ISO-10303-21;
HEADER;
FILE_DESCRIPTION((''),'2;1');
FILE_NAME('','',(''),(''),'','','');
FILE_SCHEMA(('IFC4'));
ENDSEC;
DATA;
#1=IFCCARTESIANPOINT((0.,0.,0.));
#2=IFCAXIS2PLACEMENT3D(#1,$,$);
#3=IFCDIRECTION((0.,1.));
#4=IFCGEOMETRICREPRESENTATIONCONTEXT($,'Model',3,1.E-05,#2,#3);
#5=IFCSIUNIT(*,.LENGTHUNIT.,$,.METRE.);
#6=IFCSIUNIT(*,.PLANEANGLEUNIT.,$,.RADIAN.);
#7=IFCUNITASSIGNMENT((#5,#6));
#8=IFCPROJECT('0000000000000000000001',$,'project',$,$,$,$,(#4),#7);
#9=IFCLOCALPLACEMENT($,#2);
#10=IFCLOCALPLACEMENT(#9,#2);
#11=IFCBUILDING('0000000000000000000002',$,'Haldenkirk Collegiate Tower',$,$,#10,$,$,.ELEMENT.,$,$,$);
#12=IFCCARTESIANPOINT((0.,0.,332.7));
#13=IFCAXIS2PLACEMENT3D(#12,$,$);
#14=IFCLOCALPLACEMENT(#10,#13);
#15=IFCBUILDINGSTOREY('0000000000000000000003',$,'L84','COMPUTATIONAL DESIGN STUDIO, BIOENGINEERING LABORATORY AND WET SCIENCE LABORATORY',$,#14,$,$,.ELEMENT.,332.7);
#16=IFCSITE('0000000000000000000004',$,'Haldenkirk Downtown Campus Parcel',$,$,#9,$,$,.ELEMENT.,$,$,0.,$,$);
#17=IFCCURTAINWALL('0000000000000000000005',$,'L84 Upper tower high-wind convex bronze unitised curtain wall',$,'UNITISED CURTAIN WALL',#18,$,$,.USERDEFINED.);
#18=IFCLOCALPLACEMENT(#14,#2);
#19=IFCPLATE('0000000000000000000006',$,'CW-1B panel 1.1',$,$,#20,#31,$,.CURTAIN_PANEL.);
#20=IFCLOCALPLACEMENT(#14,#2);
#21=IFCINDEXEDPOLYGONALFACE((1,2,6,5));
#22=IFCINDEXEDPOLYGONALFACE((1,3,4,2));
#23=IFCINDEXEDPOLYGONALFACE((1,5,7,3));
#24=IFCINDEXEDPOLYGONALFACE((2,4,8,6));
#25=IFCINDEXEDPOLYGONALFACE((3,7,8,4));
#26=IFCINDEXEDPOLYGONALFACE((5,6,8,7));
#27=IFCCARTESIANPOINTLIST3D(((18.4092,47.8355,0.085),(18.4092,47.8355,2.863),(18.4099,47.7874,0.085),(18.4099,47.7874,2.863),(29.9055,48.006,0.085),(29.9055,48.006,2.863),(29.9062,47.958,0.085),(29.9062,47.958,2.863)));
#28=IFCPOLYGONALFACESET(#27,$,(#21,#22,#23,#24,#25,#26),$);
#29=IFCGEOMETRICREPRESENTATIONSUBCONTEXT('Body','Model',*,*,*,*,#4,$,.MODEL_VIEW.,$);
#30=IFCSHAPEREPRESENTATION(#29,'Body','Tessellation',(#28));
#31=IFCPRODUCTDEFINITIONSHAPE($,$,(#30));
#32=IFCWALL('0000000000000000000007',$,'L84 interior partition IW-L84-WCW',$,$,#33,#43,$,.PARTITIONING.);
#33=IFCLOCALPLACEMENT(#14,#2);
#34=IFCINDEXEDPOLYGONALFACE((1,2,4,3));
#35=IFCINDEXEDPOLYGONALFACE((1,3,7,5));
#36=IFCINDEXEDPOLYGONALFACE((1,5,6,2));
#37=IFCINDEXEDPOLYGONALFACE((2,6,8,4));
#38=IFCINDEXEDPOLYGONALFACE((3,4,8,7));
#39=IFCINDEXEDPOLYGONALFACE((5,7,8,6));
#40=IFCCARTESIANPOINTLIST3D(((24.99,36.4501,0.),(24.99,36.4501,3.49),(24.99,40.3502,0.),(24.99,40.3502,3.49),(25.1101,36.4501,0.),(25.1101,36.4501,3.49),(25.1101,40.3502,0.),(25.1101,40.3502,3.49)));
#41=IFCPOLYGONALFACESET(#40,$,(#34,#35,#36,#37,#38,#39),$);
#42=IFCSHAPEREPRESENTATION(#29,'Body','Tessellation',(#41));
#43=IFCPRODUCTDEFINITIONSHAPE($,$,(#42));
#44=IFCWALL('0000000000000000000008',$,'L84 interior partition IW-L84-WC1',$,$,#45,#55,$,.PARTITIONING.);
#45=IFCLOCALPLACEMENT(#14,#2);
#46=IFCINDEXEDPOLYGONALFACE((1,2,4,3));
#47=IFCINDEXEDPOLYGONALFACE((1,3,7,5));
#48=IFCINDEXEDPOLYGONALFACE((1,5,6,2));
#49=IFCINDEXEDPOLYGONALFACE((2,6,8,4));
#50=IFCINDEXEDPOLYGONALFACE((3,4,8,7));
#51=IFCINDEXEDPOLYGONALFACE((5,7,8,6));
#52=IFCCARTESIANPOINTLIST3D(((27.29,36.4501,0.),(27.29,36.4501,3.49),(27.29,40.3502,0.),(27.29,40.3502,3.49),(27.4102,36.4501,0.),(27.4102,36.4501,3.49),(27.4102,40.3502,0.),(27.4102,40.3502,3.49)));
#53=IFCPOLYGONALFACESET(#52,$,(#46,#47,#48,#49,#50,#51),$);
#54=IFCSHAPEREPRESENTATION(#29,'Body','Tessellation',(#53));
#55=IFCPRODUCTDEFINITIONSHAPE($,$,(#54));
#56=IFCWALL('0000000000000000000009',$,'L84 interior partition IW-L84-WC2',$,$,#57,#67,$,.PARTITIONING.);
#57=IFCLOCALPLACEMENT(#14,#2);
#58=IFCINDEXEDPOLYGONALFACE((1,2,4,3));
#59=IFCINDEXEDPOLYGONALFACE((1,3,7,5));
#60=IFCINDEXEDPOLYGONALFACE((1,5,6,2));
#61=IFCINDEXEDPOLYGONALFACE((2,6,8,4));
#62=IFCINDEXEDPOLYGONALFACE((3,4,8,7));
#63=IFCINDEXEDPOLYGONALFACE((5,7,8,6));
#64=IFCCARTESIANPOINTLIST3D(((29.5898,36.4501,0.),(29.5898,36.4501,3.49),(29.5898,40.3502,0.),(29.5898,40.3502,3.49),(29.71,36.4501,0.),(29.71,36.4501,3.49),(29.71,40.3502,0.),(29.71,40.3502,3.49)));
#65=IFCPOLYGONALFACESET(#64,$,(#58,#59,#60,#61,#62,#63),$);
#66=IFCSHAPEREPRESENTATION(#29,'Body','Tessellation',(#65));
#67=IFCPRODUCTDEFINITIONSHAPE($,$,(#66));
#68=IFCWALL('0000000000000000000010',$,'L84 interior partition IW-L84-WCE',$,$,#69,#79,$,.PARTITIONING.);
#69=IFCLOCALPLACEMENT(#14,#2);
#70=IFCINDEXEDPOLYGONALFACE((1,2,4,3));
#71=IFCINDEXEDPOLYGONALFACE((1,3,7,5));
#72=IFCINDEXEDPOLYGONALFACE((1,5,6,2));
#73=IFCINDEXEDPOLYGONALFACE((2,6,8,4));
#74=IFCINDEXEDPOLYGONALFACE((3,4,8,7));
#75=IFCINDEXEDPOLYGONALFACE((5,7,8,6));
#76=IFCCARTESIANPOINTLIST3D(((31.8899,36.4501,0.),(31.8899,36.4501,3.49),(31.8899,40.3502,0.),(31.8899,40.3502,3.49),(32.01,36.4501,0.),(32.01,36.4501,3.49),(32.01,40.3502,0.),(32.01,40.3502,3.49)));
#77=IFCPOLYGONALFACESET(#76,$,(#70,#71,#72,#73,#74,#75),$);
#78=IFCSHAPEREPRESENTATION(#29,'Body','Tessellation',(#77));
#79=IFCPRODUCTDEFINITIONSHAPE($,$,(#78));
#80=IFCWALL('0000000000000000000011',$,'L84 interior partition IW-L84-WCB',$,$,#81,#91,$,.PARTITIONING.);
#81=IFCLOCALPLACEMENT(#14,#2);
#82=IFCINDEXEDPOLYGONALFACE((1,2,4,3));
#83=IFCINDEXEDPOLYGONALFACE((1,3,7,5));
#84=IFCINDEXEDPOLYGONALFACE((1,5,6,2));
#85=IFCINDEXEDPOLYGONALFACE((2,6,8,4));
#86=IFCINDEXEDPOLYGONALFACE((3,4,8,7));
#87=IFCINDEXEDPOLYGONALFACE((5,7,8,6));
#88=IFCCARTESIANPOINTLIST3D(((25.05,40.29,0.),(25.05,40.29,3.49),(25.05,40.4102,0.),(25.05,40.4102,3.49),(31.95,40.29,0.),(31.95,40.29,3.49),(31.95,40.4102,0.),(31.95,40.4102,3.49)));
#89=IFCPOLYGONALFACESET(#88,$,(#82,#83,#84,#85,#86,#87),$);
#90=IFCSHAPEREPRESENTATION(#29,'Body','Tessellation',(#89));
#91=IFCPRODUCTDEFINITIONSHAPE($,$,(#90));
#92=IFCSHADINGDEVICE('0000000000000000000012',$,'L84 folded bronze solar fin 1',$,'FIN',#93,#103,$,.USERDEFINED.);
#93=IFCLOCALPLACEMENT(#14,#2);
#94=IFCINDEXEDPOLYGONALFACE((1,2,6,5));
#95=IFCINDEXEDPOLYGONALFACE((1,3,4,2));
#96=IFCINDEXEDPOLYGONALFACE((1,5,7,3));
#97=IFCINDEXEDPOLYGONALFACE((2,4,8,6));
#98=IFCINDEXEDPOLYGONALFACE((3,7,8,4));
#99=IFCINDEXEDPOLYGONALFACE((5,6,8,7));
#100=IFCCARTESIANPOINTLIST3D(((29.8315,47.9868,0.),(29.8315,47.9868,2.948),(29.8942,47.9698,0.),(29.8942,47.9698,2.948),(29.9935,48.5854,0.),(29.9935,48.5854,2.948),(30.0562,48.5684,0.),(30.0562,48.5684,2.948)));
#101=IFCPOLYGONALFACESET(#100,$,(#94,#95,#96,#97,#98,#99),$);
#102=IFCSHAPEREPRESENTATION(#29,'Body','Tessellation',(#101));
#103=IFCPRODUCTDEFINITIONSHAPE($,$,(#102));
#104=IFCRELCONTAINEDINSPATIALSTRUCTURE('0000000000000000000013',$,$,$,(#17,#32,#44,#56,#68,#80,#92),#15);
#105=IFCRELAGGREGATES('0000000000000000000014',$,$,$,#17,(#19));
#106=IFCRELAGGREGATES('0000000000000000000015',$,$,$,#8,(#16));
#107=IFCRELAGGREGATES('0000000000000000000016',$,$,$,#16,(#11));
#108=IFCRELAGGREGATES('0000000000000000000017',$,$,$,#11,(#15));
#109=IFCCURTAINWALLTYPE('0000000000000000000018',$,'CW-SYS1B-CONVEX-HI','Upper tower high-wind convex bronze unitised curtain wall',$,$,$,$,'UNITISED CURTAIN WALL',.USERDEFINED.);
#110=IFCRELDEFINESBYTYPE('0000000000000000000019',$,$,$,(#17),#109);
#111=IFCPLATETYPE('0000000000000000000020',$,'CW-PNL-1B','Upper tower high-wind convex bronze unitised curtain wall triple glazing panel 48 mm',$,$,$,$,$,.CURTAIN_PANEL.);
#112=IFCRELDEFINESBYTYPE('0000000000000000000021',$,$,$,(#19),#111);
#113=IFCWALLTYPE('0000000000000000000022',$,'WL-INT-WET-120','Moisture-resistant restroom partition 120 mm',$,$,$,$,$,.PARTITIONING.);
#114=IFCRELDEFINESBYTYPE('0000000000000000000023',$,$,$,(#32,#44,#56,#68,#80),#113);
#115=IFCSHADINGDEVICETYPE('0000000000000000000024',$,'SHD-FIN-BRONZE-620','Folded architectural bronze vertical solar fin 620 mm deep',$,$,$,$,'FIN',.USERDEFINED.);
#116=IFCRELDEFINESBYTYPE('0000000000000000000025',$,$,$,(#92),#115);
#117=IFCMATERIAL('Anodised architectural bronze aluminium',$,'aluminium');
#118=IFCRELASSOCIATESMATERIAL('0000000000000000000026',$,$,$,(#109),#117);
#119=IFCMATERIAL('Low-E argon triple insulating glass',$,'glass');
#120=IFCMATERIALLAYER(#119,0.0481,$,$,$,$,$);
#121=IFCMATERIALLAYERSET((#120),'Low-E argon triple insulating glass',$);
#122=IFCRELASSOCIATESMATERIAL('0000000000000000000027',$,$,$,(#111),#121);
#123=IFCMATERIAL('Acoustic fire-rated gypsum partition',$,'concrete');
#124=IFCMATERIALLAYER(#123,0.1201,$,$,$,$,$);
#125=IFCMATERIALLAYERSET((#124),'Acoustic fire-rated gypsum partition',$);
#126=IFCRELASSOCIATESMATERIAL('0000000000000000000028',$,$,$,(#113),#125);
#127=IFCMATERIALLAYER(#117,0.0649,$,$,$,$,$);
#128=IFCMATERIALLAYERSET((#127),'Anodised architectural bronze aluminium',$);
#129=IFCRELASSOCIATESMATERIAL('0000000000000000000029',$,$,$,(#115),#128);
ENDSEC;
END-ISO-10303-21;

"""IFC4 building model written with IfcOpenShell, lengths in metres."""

from ifc_helpers import new_model, si_unit, direction, frame, frame_2d, origin, origin_2d, place, context, subcontext, project, spatial, rectangle, extrude, source, transform, mapped, material, layer, layer_set, type_object, element, aggregate, save


model = new_model("IFC4")

# Units and contexts
model_context = context("Model", 3, precision=1e-05, world=origin(), true_north=direction((0.0, 1.0)))
body_context = subcontext(model_context, "Body", "Model", "MODEL_VIEW")
ifc_project = project(units=[si_unit("LENGTHUNIT", "METRE"), si_unit("PLANEANGLEUNIT", "RADIAN")], contexts=[model_context])

# Site, building, storey
site_placement = place(None, origin())
site = spatial("IfcSite", under=ifc_project, at=site_placement, Name="Haldenkirk Downtown Campus Parcel", CompositionType="ELEMENT", RefElevation=0.0)
building_placement = place(site_placement, origin())
building = spatial("IfcBuilding", under=site, at=building_placement, Name="Haldenkirk Collegiate Tower", CompositionType="ELEMENT")
storey_placement = place(building_placement, frame((0.0, 0.0, 332.7)))
storey = spatial("IfcBuildingStorey", under=building, at=storey_placement, Name="L84", Description="COMPUTATIONAL DESIGN STUDIO, BIOENGINEERING LABORATORY AND WET SCIENCE LABORATORY", CompositionType="ELEMENT", Elevation=332.7)

# Curtain wall, plate
ifc_material_1 = material(Name="Anodised architectural bronze aluminium", Category="aluminium")
curtain_wall_type = type_object("IfcCurtainWallType", Name="CW-SYS1B-CONVEX-HI", Description="Upper tower high-wind convex bronze unitised curtain wall", ElementType="UNITISED CURTAIN WALL", PredefinedType="USERDEFINED", material=ifc_material_1)
curtain_wall_placement = place(storey_placement, origin())
curtain_wall = element("IfcCurtainWall", 1, at=curtain_wall_placement, inside=storey, type_object=curtain_wall_type, Name="L84 Upper tower high-wind convex bronze unitised curtain wall", ObjectType="UNITISED CURTAIN WALL", PredefinedType="USERDEFINED")
ifc_material_2 = material(Name="Low-E argon triple insulating glass", Category="glass")
ifc_layer_1 = layer(ifc_material_2, 0.0481)
ifc_layer_set_1 = layer_set([ifc_layer_1], Name="Low-E argon triple insulating glass")
plate_type_1 = type_object("IfcPlateType", Name="CW-PNL-1B", Description="Upper tower high-wind convex bronze unitised curtain wall triple glazing panel 48 mm", PredefinedType="CURTAIN_PANEL", material=ifc_layer_set_1)
shared_shape_1 = source(origin(), body_context, "Body", "SweptSolid", [
    extrude(rectangle(XDim=11.4976, YDim=0.0481, at=origin_2d()), origin(), (0.0, 0.0, 1.0), 2.7781),
])
plate_1_placement = place(storey_placement, frame((24.1577, 47.8967, 0.085), z_axis=(0.0, 0.0, 1.0), x_axis=(0.99989, 0.014833, 0.0)))
plate_1 = element("IfcPlate", 2, at=plate_1_placement, type_object=plate_type_1, Name="CW-1B panel 1.1", PredefinedType="CURTAIN_PANEL", context=body_context, shape_type="MappedRepresentation", body=[
    mapped(shared_shape_1, transform((0.0, 0.0, 0.0), x_axis=(1.0, 0.0, 0.0), y_axis=(0.0, 1.0, 0.0), z_axis=(0.0, 0.0, 1.0), scale=1.0)),
])
aggregate(curtain_wall, [plate_1])

# Shared definitions
ifc_material_3 = material(Name="Acoustic fire-rated gypsum partition", Category="concrete")

# Walls
ifc_layer_2 = layer(ifc_material_3, 0.1201)
ifc_layer_set_2 = layer_set([ifc_layer_2], Name="Acoustic fire-rated gypsum partition")
wall_type_1 = type_object("IfcWallType", Name="WL-INT-WET-120", Description="Moisture-resistant restroom partition 120 mm", PredefinedType="PARTITIONING", material=ifc_layer_set_2)
for number, where, z_axis, x_axis, name in (
    (3, (25.05, 36.45, 0.0), (0.0, 0.0, 1.0), (0.0, 1.0, 0.0), "L84 interior partition IW-L84-WCW"),
    (4, (27.3501, 36.45, 0.0), (0.0, 0.0, 1.0), (0.0, 1.0, 0.0), "L84 interior partition IW-L84-WC1"),
    (5, (29.6499, 36.45, 0.0), (0.0, 0.0, 1.0), (0.0, 1.0, 0.0), "L84 interior partition IW-L84-WC2"),
    (6, (31.95, 36.45, 0.0), (0.0, 0.0, 1.0), (0.0, 1.0, 0.0), "L84 interior partition IW-L84-WCE"),
):
    element("IfcWall", number, at=place(storey_placement, frame(where, z_axis=z_axis, x_axis=x_axis)), inside=storey, type_object=wall_type_1, Name=name, PredefinedType="PARTITIONING", context=body_context, shape_type="SweptSolid", body=[
        extrude(rectangle(XDim=3.9001, YDim=0.1201, at=frame_2d((1.9502, 0.0))), origin(), (0.0, 0.0, 1.0), 3.49),
    ])
wall_1_placement = place(storey_placement, frame((25.05, 40.3501, 0.0), z_axis=(0.0, 0.0, 1.0), x_axis=(1.0, 0.0, 0.0)))
element("IfcWall", 7, at=wall_1_placement, inside=storey, type_object=wall_type_1, Name="L84 interior partition IW-L84-WCB", PredefinedType="PARTITIONING", context=body_context, shape_type="SweptSolid", body=[
    extrude(rectangle(XDim=6.8999, YDim=0.1201, at=frame_2d((3.45, 0.0))), origin(), (0.0, 0.0, 1.0), 3.49),
])

# Shading device
ifc_layer_3 = layer(ifc_material_1, 0.0649)
ifc_layer_set_3 = layer_set([ifc_layer_3], Name="Anodised architectural bronze aluminium")
shading_device_type = type_object("IfcShadingDeviceType", Name="SHD-FIN-BRONZE-620", Description="Folded architectural bronze vertical solar fin 620 mm deep", ElementType="FIN", PredefinedType="USERDEFINED", material=ifc_layer_set_3)
shared_shape_2 = source(origin(), body_context, "Body", "SweptSolid", [
    extrude(rectangle(XDim=0.6201, YDim=0.0649, at=origin_2d()), origin(), (0.0, 0.0, 1.0), 2.948),
])
shading_device_placement = place(storey_placement, frame((29.9438, 48.2776, 0.0), z_axis=(0.0, 0.0, 1.0), x_axis=(0.261347, 0.965245, 0.0)))
element("IfcShadingDevice", 8, at=shading_device_placement, inside=storey, type_object=shading_device_type, Name="L84 folded bronze solar fin 1", ObjectType="FIN", PredefinedType="USERDEFINED", context=body_context, shape_type="MappedRepresentation", body=[
    mapped(shared_shape_2, transform((0.0, 0.0, 0.0), x_axis=(1.0, 0.0, 0.0), y_axis=(0.0, 1.0, 0.0), z_axis=(0.0, 0.0, 1.0), scale=1.0)),
])

save(model, "model.ifc")
